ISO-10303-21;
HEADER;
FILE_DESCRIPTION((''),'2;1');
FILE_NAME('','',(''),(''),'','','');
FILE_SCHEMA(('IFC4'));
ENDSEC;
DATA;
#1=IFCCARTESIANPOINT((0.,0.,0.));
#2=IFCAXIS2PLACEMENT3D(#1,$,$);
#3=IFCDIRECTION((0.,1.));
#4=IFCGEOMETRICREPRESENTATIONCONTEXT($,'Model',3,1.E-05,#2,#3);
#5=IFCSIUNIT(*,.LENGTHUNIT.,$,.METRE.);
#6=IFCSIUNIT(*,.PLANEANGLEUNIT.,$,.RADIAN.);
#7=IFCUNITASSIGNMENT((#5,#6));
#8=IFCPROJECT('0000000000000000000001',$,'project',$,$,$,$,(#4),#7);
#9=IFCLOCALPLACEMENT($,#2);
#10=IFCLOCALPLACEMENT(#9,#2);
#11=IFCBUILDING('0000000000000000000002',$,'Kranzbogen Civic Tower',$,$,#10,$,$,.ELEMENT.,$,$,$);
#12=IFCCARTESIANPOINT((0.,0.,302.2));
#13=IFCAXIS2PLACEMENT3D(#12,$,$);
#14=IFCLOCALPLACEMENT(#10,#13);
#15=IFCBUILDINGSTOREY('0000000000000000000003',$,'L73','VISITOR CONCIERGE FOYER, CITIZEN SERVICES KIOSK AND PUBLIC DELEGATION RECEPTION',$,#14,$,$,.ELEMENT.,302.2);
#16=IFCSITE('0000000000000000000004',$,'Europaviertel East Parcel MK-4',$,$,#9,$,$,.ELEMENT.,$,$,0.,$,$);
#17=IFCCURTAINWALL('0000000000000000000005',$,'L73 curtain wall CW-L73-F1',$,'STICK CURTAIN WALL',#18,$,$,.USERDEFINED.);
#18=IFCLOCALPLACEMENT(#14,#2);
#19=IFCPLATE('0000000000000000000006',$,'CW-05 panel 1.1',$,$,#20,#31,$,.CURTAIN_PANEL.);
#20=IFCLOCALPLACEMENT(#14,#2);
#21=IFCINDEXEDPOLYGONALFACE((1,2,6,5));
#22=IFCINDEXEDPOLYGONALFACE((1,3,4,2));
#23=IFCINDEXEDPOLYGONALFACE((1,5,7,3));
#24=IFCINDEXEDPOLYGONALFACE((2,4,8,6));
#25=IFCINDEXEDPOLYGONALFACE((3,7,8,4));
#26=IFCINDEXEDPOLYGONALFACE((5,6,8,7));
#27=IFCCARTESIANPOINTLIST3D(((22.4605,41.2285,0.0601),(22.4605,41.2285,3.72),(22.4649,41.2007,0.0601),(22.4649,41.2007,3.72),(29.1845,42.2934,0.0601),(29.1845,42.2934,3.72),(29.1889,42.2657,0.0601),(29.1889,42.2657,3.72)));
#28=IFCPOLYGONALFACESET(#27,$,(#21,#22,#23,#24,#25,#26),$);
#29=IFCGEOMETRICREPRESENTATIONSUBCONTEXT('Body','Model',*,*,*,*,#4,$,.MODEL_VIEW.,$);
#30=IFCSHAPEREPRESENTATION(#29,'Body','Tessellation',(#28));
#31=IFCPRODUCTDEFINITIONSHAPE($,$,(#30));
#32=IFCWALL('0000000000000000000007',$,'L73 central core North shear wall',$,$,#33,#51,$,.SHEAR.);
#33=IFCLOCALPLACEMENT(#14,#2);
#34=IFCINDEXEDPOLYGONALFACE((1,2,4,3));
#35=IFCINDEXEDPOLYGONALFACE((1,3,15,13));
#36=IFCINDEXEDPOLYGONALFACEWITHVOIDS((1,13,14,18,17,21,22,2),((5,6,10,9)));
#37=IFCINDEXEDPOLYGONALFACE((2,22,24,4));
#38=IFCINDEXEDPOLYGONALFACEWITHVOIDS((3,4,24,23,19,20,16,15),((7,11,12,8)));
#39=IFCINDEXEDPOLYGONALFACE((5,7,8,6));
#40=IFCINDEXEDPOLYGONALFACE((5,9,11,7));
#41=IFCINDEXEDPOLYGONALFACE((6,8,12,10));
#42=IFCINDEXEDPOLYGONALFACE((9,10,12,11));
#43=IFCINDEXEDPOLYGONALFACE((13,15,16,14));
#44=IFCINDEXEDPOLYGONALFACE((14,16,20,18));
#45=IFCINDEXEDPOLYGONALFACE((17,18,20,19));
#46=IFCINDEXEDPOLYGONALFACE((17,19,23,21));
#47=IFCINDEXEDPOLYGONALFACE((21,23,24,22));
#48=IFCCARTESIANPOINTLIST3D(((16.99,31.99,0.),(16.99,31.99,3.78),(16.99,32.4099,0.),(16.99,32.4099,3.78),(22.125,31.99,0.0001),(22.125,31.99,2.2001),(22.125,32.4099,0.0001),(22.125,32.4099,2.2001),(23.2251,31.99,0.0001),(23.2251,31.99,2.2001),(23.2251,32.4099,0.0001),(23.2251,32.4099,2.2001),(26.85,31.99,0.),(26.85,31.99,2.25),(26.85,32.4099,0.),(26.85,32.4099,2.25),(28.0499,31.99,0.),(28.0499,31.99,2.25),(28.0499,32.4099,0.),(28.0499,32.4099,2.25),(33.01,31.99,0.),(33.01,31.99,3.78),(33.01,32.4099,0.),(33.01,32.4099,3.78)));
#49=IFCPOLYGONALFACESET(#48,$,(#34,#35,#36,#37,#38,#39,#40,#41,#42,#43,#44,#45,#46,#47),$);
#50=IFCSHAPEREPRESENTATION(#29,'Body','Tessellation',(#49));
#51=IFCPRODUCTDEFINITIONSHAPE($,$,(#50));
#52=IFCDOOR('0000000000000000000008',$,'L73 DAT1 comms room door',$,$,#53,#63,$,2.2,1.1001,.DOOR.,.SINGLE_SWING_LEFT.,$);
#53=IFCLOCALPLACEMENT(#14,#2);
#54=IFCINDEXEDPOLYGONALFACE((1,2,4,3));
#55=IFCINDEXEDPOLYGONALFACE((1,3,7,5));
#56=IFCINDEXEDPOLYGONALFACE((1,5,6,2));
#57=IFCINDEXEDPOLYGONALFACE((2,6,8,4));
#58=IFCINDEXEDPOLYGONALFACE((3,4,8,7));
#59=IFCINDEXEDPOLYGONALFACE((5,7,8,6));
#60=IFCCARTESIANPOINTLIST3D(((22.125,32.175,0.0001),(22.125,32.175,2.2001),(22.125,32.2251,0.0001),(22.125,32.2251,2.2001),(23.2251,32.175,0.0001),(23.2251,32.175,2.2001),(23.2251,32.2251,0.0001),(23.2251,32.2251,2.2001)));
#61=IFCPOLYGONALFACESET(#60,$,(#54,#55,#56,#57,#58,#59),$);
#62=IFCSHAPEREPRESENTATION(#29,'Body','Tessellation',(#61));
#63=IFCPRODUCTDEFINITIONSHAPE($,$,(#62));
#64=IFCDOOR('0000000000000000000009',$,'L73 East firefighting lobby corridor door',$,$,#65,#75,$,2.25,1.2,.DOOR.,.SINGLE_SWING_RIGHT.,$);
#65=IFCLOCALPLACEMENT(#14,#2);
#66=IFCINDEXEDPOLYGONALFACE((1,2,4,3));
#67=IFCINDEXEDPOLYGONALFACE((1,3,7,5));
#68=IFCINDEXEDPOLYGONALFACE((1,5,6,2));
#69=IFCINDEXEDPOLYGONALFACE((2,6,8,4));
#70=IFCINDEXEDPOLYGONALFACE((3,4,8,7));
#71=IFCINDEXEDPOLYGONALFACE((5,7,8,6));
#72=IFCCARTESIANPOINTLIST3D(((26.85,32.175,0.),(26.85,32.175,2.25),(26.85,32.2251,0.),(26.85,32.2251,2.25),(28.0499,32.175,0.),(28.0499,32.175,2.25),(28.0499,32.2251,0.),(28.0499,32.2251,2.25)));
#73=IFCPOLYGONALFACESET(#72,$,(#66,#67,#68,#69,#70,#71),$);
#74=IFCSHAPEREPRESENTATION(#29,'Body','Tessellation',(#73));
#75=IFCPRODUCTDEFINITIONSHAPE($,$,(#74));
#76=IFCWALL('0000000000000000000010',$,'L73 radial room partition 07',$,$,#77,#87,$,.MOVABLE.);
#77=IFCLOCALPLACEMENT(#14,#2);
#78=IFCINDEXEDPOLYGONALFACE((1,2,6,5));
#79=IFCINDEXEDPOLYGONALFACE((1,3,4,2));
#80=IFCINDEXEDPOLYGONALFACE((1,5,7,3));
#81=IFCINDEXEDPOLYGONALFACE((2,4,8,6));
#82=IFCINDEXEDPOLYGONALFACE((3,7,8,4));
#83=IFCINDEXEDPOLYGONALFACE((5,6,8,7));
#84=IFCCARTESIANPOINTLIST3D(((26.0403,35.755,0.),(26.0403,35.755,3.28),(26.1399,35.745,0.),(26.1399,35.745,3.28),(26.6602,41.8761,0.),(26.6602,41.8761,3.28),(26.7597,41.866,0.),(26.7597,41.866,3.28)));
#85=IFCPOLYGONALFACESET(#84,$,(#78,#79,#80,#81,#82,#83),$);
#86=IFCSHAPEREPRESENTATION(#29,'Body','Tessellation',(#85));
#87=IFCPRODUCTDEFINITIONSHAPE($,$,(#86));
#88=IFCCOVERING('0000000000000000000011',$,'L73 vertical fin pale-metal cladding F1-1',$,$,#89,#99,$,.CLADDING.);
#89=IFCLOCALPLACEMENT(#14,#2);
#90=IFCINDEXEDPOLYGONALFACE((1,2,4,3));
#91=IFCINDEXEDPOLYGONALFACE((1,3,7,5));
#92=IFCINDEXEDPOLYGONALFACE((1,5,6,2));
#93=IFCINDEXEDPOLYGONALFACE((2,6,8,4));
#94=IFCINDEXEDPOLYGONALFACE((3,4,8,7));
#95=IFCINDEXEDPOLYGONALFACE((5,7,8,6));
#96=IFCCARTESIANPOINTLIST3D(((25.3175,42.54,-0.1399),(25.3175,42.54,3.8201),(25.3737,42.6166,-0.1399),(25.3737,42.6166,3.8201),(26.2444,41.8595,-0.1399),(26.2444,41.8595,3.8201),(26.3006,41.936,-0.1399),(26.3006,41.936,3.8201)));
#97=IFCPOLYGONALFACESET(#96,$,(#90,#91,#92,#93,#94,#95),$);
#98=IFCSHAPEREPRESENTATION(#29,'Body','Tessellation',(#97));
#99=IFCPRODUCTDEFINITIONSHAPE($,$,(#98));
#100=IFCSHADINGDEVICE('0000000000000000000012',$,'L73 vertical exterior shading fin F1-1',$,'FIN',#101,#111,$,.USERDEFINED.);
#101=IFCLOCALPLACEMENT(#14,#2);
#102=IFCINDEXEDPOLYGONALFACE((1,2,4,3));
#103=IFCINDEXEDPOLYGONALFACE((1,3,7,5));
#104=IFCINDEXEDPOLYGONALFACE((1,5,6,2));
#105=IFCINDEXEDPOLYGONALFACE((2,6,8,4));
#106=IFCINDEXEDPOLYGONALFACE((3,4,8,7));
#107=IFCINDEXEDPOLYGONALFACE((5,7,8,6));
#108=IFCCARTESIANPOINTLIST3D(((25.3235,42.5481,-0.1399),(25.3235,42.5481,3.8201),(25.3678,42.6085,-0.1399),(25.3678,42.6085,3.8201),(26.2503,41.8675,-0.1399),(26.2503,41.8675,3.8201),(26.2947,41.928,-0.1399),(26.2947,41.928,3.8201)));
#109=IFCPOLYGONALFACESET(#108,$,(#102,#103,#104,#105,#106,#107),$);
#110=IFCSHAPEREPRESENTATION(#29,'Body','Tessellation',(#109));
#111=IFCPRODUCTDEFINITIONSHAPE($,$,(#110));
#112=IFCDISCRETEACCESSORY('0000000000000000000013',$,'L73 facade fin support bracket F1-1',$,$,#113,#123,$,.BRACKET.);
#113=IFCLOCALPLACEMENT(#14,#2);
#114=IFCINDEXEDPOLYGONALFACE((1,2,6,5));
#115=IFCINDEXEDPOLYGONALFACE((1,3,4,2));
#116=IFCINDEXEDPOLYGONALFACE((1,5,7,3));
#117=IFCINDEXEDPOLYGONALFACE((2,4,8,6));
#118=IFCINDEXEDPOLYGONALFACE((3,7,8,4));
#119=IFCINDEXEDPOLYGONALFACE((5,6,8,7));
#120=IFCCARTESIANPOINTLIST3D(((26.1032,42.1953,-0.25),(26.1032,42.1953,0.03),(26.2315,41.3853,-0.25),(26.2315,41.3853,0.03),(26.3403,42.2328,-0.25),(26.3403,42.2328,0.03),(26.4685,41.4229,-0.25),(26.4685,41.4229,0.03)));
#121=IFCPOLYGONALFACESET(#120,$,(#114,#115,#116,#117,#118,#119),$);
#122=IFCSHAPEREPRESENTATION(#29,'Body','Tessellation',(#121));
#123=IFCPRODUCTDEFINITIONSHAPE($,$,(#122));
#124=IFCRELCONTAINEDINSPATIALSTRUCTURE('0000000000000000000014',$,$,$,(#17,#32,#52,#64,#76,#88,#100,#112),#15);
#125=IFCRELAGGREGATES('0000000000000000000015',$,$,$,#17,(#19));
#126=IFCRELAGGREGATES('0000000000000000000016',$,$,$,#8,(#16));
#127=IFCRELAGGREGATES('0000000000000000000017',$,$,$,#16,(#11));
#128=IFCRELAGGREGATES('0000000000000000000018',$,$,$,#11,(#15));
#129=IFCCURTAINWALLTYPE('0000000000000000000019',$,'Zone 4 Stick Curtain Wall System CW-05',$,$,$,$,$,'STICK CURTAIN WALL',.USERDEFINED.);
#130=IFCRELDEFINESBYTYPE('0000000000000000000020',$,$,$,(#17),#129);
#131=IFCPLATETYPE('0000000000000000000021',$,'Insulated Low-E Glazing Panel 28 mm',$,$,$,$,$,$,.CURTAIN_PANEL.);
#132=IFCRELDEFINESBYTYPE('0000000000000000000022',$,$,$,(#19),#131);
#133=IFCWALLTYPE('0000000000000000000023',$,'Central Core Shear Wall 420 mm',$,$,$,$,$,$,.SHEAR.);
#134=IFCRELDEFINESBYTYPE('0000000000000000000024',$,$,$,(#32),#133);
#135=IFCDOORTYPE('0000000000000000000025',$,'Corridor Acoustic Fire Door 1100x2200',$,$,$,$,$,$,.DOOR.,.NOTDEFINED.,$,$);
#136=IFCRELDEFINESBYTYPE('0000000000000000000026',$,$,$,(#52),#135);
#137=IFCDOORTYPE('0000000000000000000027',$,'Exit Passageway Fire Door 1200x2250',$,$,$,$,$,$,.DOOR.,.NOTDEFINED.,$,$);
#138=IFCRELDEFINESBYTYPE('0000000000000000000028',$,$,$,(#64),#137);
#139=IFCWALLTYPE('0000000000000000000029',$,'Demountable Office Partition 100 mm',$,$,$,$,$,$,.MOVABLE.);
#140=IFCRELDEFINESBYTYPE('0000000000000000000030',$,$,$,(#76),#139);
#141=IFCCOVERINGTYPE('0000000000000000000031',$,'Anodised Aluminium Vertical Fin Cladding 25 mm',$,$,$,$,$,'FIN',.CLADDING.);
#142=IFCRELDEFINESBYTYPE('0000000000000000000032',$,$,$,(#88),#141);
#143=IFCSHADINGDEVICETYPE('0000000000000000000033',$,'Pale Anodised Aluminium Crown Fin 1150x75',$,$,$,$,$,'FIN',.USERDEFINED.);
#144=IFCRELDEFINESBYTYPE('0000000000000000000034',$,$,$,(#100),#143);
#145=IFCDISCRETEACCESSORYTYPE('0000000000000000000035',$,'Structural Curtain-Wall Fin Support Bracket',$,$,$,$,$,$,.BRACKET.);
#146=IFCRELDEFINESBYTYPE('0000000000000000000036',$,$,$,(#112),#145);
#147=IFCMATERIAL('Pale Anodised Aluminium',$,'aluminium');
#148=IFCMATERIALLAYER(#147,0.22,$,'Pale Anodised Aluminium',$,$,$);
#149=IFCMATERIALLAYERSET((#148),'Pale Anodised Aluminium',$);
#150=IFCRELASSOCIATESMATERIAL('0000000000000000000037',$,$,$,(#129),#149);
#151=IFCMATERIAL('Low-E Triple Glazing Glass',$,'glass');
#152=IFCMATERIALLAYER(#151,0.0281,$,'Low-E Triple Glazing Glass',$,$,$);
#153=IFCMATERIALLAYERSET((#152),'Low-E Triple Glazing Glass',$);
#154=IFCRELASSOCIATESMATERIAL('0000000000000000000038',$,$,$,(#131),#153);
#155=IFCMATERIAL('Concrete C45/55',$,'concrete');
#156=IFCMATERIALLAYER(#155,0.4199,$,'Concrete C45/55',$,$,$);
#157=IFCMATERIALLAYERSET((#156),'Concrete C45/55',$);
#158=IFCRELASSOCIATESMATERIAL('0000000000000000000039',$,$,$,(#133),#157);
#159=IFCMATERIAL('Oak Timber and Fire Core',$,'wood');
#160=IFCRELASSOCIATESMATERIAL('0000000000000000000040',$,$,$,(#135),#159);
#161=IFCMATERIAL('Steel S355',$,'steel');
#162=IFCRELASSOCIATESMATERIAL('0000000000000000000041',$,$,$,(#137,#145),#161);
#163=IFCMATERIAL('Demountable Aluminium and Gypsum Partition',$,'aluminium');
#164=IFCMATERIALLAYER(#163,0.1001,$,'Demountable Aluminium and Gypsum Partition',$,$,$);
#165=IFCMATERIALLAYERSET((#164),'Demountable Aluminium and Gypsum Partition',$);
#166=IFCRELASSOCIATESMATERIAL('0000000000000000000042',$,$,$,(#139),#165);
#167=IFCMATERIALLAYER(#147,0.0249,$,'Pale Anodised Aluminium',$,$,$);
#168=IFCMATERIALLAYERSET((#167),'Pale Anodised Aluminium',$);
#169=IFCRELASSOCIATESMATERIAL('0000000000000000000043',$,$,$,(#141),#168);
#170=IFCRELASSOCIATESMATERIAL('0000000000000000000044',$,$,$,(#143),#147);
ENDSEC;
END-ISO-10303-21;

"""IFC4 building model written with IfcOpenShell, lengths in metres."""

from ifc_helpers import new_model, si_unit, direction, frame, frame_2d, origin, origin_2d, place, context, subcontext, project, spatial, rectangle, extrude, material, layer, layer_set, type_object, element, fill, aggregate, save


model = new_model("IFC4")

# Units and contexts
model_context = context("Model", 3, precision=1e-05, world=origin(), true_north=direction((0.0, 1.0)))
body_context = subcontext(model_context, "Body", "Model", "MODEL_VIEW")
ifc_project = project(units=[si_unit("LENGTHUNIT", "METRE"), si_unit("PLANEANGLEUNIT", "RADIAN")], contexts=[model_context])

# Site, building, storey
site_placement = place(None, origin())
site = spatial("IfcSite", under=ifc_project, at=site_placement, Name="Europaviertel East Parcel MK-4", CompositionType="ELEMENT", RefElevation=0.0)
building_placement = place(site_placement, origin())
building = spatial("IfcBuilding", under=site, at=building_placement, Name="Kranzbogen Civic Tower", CompositionType="ELEMENT")
storey_placement = place(building_placement, frame((0.0, 0.0, 302.2)))
storey = spatial("IfcBuildingStorey", under=building, at=storey_placement, Name="L73", Description="VISITOR CONCIERGE FOYER, CITIZEN SERVICES KIOSK AND PUBLIC DELEGATION RECEPTION", CompositionType="ELEMENT", Elevation=302.2)

# Shared definitions
ifc_material_1 = material(Name="Steel S355", Category="steel")

# Curtain wall
ifc_material_2 = material(Name="Pale Anodised Aluminium", Category="aluminium")
ifc_layer_1 = layer(ifc_material_2, 0.22, Name="Pale Anodised Aluminium")
ifc_layer_set_1 = layer_set([ifc_layer_1], Name="Pale Anodised Aluminium")
curtain_wall_type = type_object("IfcCurtainWallType", Name="Zone 4 Stick Curtain Wall System CW-05", ElementType="STICK CURTAIN WALL", PredefinedType="USERDEFINED", material=ifc_layer_set_1)
curtain_wall_placement = place(storey_placement, origin())
curtain_wall = element("IfcCurtainWall", 1, at=curtain_wall_placement, inside=storey, type_object=curtain_wall_type, Name="L73 curtain wall CW-L73-F1", ObjectType="STICK CURTAIN WALL", PredefinedType="USERDEFINED")

# Plate
ifc_material_3 = material(Name="Low-E Triple Glazing Glass", Category="glass")
ifc_layer_2 = layer(ifc_material_3, 0.0281, Name="Low-E Triple Glazing Glass")
ifc_layer_set_2 = layer_set([ifc_layer_2], Name="Low-E Triple Glazing Glass")
plate_type = type_object("IfcPlateType", Name="Insulated Low-E Glazing Panel 28 mm", PredefinedType="CURTAIN_PANEL", material=ifc_layer_set_2)
plate_placement = place(storey_placement, frame((25.8247, 41.7471, 0.0601), z_axis=(0.0, 0.0, 1.0), x_axis=(-0.98769, -0.156424, 0.0)))
plate = element("IfcPlate", 2, at=plate_placement, type_object=plate_type, Name="CW-05 panel 1.1", PredefinedType="CURTAIN_PANEL", context=body_context, shape_type="SweptSolid", body=[
    extrude(rectangle(XDim=6.8079, YDim=0.0281, at=origin_2d()), origin(), (0.0, 0.0, 1.0), 3.6599),
])
aggregate(curtain_wall, [plate])

# Wall, openings, doors
ifc_material_4 = material(Name="Concrete C45/55", Category="concrete")
ifc_layer_3 = layer(ifc_material_4, 0.4199, Name="Concrete C45/55")
ifc_layer_set_3 = layer_set([ifc_layer_3], Name="Concrete C45/55")
wall_type_1 = type_object("IfcWallType", Name="Central Core Shear Wall 420 mm", PredefinedType="SHEAR", material=ifc_layer_set_3)
wall_1_placement = place(storey_placement, frame((33.01, 32.2, 0.0), z_axis=(0.0, 0.0, 1.0), x_axis=(-1.0, 0.0, 0.0)))
wall_1 = element("IfcWall", 3, at=wall_1_placement, inside=storey, type_object=wall_type_1, Name="L73 central core North shear wall", PredefinedType="SHEAR", context=body_context, shape_type="SweptSolid", body=[
    extrude(rectangle(XDim=16.02, YDim=0.4199, at=frame_2d((8.01, 0.0))), origin(), (0.0, 0.0, 1.0), 3.78),
])
opening_1_placement = place(wall_1_placement, frame((4.96, 0.0, 0.0)))
opening_1 = element("IfcOpeningElement", 4, at=opening_1_placement, cuts=wall_1, PredefinedType="OPENING", context=body_context, shape_type="SweptSolid", body=[
    extrude(rectangle(XDim=1.2, YDim=2.25, at=frame_2d((0.6001, 1.125))), frame((0.0, 0.22, 0.0), z_axis=(0.0, -1.0, 0.0), x_axis=(1.0, 0.0, 0.0)), (0.0, 0.0, 1.0), 0.4399),
])
opening_2_placement = place(wall_1_placement, frame((9.7849, 0.0, 0.0)))
opening_2 = element("IfcOpeningElement", 5, at=opening_2_placement, cuts=wall_1, PredefinedType="OPENING", context=body_context, shape_type="SweptSolid", body=[
    extrude(rectangle(XDim=1.1001, YDim=2.2, at=frame_2d((0.55, 1.1001))), frame((0.0, 0.22, 0.0), z_axis=(0.0, -1.0, 0.0), x_axis=(1.0, 0.0, 0.0)), (0.0, 0.0, 1.0), 0.4399),
])
ifc_material_5 = material(Name="Oak Timber and Fire Core", Category="wood")
door_type_1 = type_object("IfcDoorType", Name="Corridor Acoustic Fire Door 1100x2200", OperationType="NOTDEFINED", PredefinedType="DOOR", material=ifc_material_5)
door_1_placement = place(opening_2_placement, origin())
door_1 = element("IfcDoor", 6, at=door_1_placement, inside=storey, type_object=door_type_1, Name="L73 DAT1 comms room door", OperationType="SINGLE_SWING_LEFT", OverallHeight=2.2, OverallWidth=1.1001, PredefinedType="DOOR", context=body_context, shape_type="SweptSolid", body=[
    extrude(rectangle(XDim=1.1001, YDim=2.2, at=frame_2d((0.55, 1.1001))), frame((0.0, 0.0249, 0.0), z_axis=(0.0, -1.0, 0.0), x_axis=(1.0, 0.0, 0.0)), (0.0, 0.0, 1.0), 0.05),
])
fill(opening_2, door_1)
door_type_2 = type_object("IfcDoorType", Name="Exit Passageway Fire Door 1200x2250", OperationType="NOTDEFINED", PredefinedType="DOOR", material=ifc_material_1)
door_2_placement = place(opening_1_placement, origin())
door_2 = element("IfcDoor", 7, at=door_2_placement, inside=storey, type_object=door_type_2, Name="L73 East firefighting lobby corridor door", OperationType="SINGLE_SWING_RIGHT", OverallHeight=2.25, OverallWidth=1.2, PredefinedType="DOOR", context=body_context, shape_type="SweptSolid", body=[
    extrude(rectangle(XDim=1.2, YDim=2.25, at=frame_2d((0.6001, 1.125))), frame((0.0, 0.0249, 0.0), z_axis=(0.0, -1.0, 0.0), x_axis=(1.0, 0.0, 0.0)), (0.0, 0.0, 1.0), 0.05),
])
fill(opening_1, door_2)

# Wall
ifc_material_6 = material(Name="Demountable Aluminium and Gypsum Partition", Category="aluminium")
ifc_layer_4 = layer(ifc_material_6, 0.1001, Name="Demountable Aluminium and Gypsum Partition")
ifc_layer_set_4 = layer_set([ifc_layer_4], Name="Demountable Aluminium and Gypsum Partition")
wall_type_2 = type_object("IfcWallType", Name="Demountable Office Partition 100 mm", PredefinedType="MOVABLE", material=ifc_layer_set_4)
wall_2_placement = place(storey_placement, frame((26.0901, 35.75, 0.0), z_axis=(0.0, 0.0, 1.0), x_axis=(0.100753, 0.994911, 0.0)))
element("IfcWall", 8, at=wall_2_placement, inside=storey, type_object=wall_type_2, Name="L73 radial room partition 07", PredefinedType="MOVABLE", context=body_context, shape_type="SweptSolid", body=[
    extrude(rectangle(XDim=6.1523, YDim=0.1001, at=frame_2d((3.0762, 0.0))), origin(), (0.0, 0.0, 1.0), 3.28),
])

# Covering
ifc_layer_5 = layer(ifc_material_2, 0.0249, Name="Pale Anodised Aluminium")
ifc_layer_set_5 = layer_set([ifc_layer_5], Name="Pale Anodised Aluminium")
covering_type = type_object("IfcCoveringType", Name="Anodised Aluminium Vertical Fin Cladding 25 mm", ElementType="FIN", PredefinedType="CLADDING", material=ifc_layer_set_5)
covering_placement = place(storey_placement, frame((25.8091, 42.238, -0.1399), z_axis=(0.0, 0.0, 1.0), x_axis=(-0.806052, 0.591844, 0.0)))
element("IfcCovering", 9, at=covering_placement, inside=storey, type_object=covering_type, Name="L73 vertical fin pale-metal cladding F1-1", PredefinedType="CLADDING", context=body_context, shape_type="SweptSolid", body=[
    extrude(rectangle(XDim=1.1499, YDim=0.095, at=origin_2d()), origin(), (0.0, 0.0, 1.0), 3.96),
])

# Shading device
shading_device_type = type_object("IfcShadingDeviceType", Name="Pale Anodised Aluminium Crown Fin 1150x75", ElementType="FIN", PredefinedType="USERDEFINED", material=ifc_material_2)
shading_device_placement = place(storey_placement, frame((25.8091, 42.238, -0.1399), z_axis=(0.0, 0.0, 1.0), x_axis=(-0.806052, 0.591844, 0.0)))
element("IfcShadingDevice", 10, at=shading_device_placement, inside=storey, type_object=shading_device_type, Name="L73 vertical exterior shading fin F1-1", ObjectType="FIN", PredefinedType="USERDEFINED", context=body_context, shape_type="SweptSolid", body=[
    extrude(rectangle(XDim=1.1499, YDim=0.075, at=origin_2d()), origin(), (0.0, 0.0, 1.0), 3.96),
])

# Discrete accessory
discrete_accessory_type = type_object("IfcDiscreteAccessoryType", Name="Structural Curtain-Wall Fin Support Bracket", PredefinedType="BRACKET", material=ifc_material_1)
discrete_accessory_placement = place(storey_placement, frame((26.2859, 41.8091, -0.25), z_axis=(0.0, 0.0, 1.0), x_axis=(-0.156434, 0.987688, 0.0)))
element("IfcDiscreteAccessory", 11, at=discrete_accessory_placement, inside=storey, type_object=discrete_accessory_type, Name="L73 facade fin support bracket F1-1", PredefinedType="BRACKET", context=body_context, shape_type="SweptSolid", body=[
    extrude(rectangle(XDim=0.8201, YDim=0.24, at=origin_2d()), origin(), (0.0, 0.0, 1.0), 0.28),
])

save(model, "model.ifc")
